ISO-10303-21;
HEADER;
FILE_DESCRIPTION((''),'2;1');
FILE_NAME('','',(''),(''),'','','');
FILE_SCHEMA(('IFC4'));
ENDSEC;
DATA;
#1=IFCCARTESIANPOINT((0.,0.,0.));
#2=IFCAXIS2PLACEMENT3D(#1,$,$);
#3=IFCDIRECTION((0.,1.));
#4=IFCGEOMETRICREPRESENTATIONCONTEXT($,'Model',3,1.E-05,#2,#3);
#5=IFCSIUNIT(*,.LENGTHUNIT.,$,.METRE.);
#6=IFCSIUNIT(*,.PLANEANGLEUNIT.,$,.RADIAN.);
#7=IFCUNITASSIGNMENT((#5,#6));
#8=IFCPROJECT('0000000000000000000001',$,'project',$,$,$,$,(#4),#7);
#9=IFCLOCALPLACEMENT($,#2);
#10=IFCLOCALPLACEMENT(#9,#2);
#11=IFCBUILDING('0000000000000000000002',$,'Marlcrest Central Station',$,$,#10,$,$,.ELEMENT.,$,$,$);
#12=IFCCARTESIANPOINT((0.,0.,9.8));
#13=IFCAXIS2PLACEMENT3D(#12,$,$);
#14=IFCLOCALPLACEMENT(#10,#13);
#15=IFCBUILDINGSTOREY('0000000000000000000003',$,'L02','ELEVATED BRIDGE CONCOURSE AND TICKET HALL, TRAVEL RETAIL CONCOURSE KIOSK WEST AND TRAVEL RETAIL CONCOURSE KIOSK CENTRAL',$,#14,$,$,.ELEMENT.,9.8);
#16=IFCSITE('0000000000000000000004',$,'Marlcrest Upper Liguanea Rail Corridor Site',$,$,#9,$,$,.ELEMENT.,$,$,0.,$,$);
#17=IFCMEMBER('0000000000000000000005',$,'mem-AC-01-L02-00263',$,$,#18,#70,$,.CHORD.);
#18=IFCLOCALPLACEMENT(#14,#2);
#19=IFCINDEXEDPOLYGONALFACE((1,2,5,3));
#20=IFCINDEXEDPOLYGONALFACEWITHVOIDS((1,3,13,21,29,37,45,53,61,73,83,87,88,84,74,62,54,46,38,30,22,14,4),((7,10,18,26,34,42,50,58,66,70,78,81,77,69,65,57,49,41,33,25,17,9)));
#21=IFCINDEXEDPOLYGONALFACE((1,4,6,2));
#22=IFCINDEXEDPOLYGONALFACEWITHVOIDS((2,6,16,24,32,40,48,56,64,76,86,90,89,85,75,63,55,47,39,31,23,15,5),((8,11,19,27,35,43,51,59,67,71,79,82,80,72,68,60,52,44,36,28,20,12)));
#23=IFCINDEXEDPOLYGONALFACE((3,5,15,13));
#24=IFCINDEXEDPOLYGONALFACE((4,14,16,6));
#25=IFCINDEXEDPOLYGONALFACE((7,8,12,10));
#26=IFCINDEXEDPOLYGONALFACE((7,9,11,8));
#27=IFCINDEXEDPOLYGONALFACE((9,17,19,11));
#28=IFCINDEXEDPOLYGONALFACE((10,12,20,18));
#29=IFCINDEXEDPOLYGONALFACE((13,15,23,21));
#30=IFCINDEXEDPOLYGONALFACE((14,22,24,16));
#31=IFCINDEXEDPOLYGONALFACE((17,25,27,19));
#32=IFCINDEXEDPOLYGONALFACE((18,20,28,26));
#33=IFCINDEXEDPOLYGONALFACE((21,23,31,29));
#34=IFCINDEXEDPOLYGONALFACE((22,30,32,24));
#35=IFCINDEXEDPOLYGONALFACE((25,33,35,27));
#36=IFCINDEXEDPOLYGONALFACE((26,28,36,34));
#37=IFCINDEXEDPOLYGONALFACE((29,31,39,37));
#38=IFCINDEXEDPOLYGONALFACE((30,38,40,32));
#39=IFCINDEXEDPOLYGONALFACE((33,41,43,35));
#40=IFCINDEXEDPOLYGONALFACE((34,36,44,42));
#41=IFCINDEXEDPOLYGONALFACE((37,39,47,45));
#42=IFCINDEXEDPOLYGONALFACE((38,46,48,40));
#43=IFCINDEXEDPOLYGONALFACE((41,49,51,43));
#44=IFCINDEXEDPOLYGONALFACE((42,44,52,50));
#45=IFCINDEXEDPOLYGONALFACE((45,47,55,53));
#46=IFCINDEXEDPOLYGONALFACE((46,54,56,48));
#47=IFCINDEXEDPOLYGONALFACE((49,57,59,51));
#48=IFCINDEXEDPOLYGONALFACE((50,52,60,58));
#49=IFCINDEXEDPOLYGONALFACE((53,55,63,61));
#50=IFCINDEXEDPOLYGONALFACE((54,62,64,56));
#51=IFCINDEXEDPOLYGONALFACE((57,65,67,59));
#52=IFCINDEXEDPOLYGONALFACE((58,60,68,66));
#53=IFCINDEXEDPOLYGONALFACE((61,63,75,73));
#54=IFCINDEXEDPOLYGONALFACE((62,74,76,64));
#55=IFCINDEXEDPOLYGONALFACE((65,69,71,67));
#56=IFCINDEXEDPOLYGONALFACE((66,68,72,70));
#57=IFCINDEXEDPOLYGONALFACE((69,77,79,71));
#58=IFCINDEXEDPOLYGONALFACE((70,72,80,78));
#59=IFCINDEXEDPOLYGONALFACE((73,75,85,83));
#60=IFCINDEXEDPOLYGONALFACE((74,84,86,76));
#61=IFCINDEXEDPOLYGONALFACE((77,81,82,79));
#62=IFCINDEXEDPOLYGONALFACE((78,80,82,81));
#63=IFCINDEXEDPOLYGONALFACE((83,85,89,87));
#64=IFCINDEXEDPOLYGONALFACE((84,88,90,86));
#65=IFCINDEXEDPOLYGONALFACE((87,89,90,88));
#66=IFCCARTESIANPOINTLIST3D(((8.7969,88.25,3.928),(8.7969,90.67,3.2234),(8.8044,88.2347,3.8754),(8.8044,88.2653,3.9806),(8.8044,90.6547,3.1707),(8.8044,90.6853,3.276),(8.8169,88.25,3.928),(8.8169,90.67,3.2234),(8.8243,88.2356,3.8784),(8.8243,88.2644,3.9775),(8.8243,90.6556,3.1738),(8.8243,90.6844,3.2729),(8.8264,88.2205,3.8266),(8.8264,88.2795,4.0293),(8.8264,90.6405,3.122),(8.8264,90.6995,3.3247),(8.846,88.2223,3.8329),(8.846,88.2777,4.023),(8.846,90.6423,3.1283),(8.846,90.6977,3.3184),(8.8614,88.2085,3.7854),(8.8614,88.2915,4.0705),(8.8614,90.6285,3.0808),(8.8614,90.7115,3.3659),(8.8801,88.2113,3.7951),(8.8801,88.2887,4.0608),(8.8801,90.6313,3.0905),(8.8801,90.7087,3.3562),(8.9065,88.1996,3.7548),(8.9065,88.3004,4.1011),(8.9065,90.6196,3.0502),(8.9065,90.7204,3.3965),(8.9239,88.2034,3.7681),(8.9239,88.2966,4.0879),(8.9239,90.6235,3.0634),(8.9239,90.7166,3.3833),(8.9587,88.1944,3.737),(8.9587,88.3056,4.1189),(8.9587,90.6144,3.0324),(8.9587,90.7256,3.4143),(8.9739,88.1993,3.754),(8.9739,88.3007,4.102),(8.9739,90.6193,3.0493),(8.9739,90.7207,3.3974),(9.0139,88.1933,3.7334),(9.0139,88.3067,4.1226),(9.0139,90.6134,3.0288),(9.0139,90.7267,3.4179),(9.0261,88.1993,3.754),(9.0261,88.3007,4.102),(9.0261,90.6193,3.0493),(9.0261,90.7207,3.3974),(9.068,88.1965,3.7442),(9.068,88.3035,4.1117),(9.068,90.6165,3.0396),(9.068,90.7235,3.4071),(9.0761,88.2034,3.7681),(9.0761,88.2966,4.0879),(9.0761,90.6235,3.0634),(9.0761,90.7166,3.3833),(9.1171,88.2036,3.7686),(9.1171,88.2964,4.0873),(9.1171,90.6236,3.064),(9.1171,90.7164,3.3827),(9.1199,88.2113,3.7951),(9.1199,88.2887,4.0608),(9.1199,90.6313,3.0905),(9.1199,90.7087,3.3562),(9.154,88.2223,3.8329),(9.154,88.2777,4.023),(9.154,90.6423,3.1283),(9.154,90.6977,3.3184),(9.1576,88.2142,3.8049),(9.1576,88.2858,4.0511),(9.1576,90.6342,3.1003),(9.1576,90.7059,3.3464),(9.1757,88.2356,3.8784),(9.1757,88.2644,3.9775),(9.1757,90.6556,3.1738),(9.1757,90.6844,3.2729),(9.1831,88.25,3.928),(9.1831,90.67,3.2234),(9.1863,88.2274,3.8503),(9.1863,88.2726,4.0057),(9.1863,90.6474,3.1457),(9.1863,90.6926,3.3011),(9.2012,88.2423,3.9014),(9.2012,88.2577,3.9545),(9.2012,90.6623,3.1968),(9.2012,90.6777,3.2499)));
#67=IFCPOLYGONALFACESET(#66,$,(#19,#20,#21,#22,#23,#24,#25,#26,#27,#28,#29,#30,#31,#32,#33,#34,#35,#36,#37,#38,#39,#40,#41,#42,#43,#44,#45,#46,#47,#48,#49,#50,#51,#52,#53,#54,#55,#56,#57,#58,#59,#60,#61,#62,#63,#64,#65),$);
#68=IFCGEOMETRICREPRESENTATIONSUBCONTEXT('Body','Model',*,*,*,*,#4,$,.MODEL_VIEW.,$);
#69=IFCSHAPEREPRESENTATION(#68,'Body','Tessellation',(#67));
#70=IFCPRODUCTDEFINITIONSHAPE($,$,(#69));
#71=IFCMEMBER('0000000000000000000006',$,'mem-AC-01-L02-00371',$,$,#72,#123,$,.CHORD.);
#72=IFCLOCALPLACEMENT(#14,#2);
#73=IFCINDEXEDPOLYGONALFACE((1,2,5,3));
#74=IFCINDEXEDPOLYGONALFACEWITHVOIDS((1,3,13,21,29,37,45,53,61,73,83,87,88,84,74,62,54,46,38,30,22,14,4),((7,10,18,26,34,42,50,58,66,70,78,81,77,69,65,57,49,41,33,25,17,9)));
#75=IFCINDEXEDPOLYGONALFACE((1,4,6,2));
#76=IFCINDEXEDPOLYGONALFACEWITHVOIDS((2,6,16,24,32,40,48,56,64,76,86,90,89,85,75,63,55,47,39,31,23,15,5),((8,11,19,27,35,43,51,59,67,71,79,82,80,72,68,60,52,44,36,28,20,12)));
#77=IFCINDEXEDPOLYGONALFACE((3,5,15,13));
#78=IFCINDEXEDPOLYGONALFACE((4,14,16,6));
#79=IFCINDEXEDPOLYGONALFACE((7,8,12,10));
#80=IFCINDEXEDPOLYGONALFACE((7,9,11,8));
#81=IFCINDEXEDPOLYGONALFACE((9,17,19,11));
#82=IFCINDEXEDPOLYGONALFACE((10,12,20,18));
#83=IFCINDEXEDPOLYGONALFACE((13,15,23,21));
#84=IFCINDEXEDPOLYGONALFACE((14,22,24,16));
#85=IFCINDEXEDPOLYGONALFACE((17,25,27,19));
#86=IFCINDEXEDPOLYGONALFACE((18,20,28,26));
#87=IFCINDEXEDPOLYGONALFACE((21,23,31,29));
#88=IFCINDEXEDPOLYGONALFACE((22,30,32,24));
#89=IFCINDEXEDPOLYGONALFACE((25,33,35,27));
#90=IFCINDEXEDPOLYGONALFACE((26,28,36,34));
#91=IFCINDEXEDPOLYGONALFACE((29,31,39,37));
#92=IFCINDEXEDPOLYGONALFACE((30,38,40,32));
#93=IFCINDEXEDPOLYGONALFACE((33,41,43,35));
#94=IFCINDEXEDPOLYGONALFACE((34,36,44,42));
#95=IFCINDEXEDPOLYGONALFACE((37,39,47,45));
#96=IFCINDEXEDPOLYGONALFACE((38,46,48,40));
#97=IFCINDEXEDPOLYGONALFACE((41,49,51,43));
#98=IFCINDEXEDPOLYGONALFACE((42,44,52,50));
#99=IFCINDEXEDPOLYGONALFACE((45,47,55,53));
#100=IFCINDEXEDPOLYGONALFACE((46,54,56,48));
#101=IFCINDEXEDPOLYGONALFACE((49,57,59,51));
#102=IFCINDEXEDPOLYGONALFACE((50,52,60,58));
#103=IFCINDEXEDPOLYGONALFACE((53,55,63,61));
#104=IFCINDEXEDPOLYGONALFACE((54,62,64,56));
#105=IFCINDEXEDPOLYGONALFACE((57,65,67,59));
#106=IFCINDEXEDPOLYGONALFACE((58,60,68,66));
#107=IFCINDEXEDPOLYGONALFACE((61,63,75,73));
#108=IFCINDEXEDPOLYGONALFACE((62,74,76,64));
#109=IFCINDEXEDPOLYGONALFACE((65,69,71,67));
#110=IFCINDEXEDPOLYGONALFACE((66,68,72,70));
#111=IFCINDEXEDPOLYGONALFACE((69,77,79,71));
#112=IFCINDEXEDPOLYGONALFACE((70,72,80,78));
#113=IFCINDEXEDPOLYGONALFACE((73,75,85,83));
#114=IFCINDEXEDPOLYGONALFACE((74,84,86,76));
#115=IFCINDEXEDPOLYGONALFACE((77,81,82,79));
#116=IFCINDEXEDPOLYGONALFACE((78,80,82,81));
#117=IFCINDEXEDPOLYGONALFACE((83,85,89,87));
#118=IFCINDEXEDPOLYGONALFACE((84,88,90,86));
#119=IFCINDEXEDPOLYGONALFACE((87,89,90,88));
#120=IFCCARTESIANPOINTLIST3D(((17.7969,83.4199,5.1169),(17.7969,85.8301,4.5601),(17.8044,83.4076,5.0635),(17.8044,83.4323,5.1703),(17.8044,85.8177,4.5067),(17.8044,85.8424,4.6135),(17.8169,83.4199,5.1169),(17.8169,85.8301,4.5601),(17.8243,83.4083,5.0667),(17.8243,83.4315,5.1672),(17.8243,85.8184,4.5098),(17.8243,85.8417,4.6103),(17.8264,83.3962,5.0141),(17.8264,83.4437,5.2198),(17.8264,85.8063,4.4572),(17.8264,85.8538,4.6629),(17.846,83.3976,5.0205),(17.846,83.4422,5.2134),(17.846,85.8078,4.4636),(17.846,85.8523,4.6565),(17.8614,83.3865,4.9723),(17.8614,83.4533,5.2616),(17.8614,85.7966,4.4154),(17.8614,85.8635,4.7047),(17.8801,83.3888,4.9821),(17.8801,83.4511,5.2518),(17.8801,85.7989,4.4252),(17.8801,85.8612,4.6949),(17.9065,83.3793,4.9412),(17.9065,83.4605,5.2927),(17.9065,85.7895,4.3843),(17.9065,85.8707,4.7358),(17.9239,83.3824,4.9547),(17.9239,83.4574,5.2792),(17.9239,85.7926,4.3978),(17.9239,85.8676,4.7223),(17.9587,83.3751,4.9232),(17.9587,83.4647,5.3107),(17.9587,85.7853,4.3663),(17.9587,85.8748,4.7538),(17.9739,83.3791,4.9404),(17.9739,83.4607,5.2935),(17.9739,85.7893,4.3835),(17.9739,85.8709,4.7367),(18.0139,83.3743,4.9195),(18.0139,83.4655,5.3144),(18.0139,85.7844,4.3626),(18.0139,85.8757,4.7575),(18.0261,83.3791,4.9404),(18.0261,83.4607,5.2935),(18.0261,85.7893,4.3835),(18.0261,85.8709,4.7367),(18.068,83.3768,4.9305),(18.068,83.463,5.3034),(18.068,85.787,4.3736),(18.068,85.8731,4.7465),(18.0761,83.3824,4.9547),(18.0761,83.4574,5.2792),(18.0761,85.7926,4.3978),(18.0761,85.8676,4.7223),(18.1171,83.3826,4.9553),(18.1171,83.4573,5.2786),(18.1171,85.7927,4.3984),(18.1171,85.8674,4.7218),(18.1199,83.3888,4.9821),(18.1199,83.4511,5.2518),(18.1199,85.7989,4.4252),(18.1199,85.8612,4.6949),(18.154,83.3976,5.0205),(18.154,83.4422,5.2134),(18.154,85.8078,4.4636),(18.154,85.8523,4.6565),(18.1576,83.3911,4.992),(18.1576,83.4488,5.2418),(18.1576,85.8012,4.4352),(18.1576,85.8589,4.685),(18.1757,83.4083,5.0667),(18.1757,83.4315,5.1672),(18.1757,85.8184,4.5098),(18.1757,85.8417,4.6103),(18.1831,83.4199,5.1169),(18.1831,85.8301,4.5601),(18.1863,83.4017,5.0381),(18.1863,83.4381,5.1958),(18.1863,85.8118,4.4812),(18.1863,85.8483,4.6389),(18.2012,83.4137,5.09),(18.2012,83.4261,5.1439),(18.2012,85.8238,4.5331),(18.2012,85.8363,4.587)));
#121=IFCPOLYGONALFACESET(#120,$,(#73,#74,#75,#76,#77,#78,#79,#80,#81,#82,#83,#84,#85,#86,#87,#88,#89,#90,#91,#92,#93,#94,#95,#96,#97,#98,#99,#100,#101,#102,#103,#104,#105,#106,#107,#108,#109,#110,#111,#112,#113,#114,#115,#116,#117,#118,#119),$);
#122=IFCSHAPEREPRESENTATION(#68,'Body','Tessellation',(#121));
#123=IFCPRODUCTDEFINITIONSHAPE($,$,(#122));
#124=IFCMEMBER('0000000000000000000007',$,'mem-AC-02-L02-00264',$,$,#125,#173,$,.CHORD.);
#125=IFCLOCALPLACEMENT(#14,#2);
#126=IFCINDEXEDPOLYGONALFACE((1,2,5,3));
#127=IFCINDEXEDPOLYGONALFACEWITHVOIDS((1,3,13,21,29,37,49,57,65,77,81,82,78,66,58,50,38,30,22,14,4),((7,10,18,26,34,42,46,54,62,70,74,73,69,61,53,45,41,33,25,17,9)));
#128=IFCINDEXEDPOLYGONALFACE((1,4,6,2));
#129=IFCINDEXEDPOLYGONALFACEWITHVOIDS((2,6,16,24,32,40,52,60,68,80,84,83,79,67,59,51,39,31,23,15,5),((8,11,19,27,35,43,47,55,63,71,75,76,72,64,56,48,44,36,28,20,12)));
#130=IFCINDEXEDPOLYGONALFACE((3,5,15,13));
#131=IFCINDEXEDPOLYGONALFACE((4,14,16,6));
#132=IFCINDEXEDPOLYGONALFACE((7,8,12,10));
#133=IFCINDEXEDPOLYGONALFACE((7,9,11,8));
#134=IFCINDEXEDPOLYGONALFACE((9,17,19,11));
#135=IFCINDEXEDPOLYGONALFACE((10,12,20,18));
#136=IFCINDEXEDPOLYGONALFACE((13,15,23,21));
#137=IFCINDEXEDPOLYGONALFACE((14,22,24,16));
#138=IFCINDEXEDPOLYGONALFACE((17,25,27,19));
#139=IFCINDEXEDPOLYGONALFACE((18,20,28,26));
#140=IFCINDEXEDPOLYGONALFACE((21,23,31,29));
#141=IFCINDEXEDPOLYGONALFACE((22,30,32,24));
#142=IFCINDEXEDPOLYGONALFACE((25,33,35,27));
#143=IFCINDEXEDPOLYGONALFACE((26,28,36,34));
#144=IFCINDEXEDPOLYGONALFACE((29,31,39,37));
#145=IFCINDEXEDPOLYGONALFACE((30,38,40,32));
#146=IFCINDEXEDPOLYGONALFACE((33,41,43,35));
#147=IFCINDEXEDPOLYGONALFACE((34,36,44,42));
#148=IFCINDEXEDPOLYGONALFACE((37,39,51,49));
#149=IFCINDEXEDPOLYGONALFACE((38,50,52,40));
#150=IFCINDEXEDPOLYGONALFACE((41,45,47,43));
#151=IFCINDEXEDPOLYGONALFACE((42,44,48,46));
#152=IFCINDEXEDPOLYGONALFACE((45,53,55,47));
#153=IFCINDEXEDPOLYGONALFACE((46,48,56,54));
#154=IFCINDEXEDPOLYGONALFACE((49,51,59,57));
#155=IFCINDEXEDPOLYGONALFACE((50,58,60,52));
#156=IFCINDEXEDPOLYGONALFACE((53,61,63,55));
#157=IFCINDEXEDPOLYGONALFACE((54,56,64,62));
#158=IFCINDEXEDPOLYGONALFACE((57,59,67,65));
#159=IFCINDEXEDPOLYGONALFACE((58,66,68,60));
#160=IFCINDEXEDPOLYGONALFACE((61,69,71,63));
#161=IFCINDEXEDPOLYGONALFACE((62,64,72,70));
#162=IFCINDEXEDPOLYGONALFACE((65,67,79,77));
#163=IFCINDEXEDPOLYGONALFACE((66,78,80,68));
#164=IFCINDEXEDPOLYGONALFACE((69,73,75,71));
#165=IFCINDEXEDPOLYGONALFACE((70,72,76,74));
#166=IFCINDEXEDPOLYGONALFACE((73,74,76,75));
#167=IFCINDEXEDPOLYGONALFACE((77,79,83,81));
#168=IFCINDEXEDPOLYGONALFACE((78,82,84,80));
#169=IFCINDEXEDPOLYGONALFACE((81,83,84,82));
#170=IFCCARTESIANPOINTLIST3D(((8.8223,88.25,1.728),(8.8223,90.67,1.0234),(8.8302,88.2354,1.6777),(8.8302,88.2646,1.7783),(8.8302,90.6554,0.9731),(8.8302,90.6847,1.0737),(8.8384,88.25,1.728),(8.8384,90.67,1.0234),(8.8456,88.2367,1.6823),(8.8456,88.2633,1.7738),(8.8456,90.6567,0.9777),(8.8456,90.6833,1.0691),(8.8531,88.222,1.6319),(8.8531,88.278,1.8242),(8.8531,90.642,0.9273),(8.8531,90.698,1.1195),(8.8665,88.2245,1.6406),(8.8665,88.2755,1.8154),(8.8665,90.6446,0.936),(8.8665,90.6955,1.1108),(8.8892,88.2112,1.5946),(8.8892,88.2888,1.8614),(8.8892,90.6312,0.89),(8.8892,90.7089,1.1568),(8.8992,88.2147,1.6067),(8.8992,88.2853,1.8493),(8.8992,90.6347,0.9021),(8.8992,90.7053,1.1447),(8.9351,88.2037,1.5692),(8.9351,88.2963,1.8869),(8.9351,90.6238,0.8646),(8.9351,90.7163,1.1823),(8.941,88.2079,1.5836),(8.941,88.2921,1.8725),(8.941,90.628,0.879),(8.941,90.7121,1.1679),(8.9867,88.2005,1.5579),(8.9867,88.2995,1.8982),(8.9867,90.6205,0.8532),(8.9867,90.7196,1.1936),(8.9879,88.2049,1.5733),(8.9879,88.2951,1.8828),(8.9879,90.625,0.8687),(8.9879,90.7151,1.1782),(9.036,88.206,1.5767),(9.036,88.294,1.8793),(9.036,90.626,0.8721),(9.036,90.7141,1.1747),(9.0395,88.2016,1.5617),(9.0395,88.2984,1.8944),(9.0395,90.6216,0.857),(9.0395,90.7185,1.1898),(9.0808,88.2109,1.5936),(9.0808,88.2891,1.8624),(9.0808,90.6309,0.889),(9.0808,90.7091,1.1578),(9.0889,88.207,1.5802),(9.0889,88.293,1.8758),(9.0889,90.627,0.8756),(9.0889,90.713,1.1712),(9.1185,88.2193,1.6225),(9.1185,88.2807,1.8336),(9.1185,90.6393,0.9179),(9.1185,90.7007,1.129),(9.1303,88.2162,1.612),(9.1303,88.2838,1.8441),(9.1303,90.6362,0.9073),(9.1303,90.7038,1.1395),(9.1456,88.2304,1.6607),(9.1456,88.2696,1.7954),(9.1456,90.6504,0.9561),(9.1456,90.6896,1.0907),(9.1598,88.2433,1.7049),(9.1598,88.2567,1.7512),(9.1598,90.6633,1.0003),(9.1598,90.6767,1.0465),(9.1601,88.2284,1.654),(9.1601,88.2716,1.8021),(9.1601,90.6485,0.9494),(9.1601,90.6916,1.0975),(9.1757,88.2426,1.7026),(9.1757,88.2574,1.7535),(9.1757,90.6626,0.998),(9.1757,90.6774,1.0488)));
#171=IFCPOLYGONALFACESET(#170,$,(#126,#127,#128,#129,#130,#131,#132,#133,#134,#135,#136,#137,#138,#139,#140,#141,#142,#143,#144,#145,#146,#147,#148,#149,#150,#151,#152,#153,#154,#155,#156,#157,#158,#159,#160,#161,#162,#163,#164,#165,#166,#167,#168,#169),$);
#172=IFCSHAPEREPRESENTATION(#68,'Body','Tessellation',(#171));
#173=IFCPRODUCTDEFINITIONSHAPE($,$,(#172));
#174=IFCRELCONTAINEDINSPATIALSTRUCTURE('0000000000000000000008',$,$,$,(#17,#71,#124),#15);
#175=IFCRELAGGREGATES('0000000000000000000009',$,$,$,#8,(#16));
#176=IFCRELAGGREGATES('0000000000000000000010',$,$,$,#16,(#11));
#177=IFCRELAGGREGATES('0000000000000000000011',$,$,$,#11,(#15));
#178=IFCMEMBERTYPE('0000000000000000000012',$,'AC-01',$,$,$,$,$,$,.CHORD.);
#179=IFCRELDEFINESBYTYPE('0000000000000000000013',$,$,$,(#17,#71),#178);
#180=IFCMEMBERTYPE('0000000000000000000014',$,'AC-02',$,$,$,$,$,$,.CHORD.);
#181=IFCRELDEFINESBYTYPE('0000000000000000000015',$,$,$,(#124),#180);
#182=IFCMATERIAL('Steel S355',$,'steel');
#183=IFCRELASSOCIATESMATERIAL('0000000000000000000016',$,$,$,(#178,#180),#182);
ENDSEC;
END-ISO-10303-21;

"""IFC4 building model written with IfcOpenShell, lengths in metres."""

from ifc_helpers import new_model, si_unit, direction, frame, origin, origin_2d, place, context, subcontext, project, spatial, hollow_circle, extrude, material, material_profile, profile_set, type_object, element, save


model = new_model("IFC4")

# Units and contexts
model_context = context("Model", 3, precision=1e-05, world=origin(), true_north=direction((0.0, 1.0)))
body_context = subcontext(model_context, "Body", "Model", "MODEL_VIEW")
ifc_project = project(units=[si_unit("LENGTHUNIT", "METRE"), si_unit("PLANEANGLEUNIT", "RADIAN")], contexts=[model_context])

# Site, building, storey
site_placement = place(None, origin())
site = spatial("IfcSite", under=ifc_project, at=site_placement, Name="Marlcrest Upper Liguanea Rail Corridor Site", CompositionType="ELEMENT", RefElevation=0.0)
building_placement = place(site_placement, origin())
building = spatial("IfcBuilding", under=site, at=building_placement, Name="Marlcrest Central Station", CompositionType="ELEMENT")
storey_placement = place(building_placement, frame((0.0, 0.0, 9.8)))
storey = spatial("IfcBuildingStorey", under=building, at=storey_placement, Name="L02", Description="ELEVATED BRIDGE CONCOURSE AND TICKET HALL, TRAVEL RETAIL CONCOURSE KIOSK WEST AND TRAVEL RETAIL CONCOURSE KIOSK CENTRAL", CompositionType="ELEMENT", Elevation=9.8)

# Members
ifc_material = material(Name="Steel S355", Category="steel")
ifc_material_profile_1 = material_profile(ifc_material, hollow_circle(Radius=0.2031, WallThickness=0.02, at=origin_2d()), Name="CHS 406.4x20")
ifc_profile_set_1 = profile_set([ifc_material_profile_1], Name="Steel S355")
member_type_1 = type_object("IfcMemberType", Name="AC-01", PredefinedType="CHORD", material=ifc_profile_set_1)
member_1_placement = place(storey_placement, frame((9.0, 88.25, 3.928), z_axis=(0.0, 0.96013, -0.279554), x_axis=(-1.0, 0.0, 0.0)))
element("IfcMember", 1, at=member_1_placement, inside=storey, type_object=member_type_1, Name="mem-AC-01-L02-00263", PredefinedType="CHORD", context=body_context, shape_type="SweptSolid", body=[
    extrude(hollow_circle(Radius=0.2031, WallThickness=0.02, at=origin_2d()), origin(), (0.0, 0.0, 1.0), 2.5205),
])
member_2_placement = place(storey_placement, frame((18.0, 83.4199, 5.1169), z_axis=(0.0, 0.97433, -0.225126), x_axis=(-1.0, 0.0, 0.0)))
element("IfcMember", 2, at=member_2_placement, inside=storey, type_object=member_type_1, Name="mem-AC-01-L02-00371", PredefinedType="CHORD", context=body_context, shape_type="SweptSolid", body=[
    extrude(hollow_circle(Radius=0.2031, WallThickness=0.02, at=origin_2d()), origin(), (0.0, 0.0, 1.0), 2.4736),
])
ifc_material_profile_2 = material_profile(ifc_material, hollow_circle(Radius=0.1777, WallThickness=0.0161, at=origin_2d()), Name="CHS 355.6x16")
ifc_profile_set_2 = profile_set([ifc_material_profile_2], Name="Steel S355")
member_type_2 = type_object("IfcMemberType", Name="AC-02", PredefinedType="CHORD", material=ifc_profile_set_2)
member_3_placement = place(storey_placement, frame((9.0, 88.25, 1.728), z_axis=(0.0, 0.96013, -0.279554), x_axis=(-1.0, 0.0, 0.0)))
element("IfcMember", 3, at=member_3_placement, inside=storey, type_object=member_type_2, Name="mem-AC-02-L02-00264", PredefinedType="CHORD", context=body_context, shape_type="SweptSolid", body=[
    extrude(hollow_circle(Radius=0.1777, WallThickness=0.0161, at=origin_2d()), origin(), (0.0, 0.0, 1.0), 2.5205),
])

save(model, "model.ifc")
